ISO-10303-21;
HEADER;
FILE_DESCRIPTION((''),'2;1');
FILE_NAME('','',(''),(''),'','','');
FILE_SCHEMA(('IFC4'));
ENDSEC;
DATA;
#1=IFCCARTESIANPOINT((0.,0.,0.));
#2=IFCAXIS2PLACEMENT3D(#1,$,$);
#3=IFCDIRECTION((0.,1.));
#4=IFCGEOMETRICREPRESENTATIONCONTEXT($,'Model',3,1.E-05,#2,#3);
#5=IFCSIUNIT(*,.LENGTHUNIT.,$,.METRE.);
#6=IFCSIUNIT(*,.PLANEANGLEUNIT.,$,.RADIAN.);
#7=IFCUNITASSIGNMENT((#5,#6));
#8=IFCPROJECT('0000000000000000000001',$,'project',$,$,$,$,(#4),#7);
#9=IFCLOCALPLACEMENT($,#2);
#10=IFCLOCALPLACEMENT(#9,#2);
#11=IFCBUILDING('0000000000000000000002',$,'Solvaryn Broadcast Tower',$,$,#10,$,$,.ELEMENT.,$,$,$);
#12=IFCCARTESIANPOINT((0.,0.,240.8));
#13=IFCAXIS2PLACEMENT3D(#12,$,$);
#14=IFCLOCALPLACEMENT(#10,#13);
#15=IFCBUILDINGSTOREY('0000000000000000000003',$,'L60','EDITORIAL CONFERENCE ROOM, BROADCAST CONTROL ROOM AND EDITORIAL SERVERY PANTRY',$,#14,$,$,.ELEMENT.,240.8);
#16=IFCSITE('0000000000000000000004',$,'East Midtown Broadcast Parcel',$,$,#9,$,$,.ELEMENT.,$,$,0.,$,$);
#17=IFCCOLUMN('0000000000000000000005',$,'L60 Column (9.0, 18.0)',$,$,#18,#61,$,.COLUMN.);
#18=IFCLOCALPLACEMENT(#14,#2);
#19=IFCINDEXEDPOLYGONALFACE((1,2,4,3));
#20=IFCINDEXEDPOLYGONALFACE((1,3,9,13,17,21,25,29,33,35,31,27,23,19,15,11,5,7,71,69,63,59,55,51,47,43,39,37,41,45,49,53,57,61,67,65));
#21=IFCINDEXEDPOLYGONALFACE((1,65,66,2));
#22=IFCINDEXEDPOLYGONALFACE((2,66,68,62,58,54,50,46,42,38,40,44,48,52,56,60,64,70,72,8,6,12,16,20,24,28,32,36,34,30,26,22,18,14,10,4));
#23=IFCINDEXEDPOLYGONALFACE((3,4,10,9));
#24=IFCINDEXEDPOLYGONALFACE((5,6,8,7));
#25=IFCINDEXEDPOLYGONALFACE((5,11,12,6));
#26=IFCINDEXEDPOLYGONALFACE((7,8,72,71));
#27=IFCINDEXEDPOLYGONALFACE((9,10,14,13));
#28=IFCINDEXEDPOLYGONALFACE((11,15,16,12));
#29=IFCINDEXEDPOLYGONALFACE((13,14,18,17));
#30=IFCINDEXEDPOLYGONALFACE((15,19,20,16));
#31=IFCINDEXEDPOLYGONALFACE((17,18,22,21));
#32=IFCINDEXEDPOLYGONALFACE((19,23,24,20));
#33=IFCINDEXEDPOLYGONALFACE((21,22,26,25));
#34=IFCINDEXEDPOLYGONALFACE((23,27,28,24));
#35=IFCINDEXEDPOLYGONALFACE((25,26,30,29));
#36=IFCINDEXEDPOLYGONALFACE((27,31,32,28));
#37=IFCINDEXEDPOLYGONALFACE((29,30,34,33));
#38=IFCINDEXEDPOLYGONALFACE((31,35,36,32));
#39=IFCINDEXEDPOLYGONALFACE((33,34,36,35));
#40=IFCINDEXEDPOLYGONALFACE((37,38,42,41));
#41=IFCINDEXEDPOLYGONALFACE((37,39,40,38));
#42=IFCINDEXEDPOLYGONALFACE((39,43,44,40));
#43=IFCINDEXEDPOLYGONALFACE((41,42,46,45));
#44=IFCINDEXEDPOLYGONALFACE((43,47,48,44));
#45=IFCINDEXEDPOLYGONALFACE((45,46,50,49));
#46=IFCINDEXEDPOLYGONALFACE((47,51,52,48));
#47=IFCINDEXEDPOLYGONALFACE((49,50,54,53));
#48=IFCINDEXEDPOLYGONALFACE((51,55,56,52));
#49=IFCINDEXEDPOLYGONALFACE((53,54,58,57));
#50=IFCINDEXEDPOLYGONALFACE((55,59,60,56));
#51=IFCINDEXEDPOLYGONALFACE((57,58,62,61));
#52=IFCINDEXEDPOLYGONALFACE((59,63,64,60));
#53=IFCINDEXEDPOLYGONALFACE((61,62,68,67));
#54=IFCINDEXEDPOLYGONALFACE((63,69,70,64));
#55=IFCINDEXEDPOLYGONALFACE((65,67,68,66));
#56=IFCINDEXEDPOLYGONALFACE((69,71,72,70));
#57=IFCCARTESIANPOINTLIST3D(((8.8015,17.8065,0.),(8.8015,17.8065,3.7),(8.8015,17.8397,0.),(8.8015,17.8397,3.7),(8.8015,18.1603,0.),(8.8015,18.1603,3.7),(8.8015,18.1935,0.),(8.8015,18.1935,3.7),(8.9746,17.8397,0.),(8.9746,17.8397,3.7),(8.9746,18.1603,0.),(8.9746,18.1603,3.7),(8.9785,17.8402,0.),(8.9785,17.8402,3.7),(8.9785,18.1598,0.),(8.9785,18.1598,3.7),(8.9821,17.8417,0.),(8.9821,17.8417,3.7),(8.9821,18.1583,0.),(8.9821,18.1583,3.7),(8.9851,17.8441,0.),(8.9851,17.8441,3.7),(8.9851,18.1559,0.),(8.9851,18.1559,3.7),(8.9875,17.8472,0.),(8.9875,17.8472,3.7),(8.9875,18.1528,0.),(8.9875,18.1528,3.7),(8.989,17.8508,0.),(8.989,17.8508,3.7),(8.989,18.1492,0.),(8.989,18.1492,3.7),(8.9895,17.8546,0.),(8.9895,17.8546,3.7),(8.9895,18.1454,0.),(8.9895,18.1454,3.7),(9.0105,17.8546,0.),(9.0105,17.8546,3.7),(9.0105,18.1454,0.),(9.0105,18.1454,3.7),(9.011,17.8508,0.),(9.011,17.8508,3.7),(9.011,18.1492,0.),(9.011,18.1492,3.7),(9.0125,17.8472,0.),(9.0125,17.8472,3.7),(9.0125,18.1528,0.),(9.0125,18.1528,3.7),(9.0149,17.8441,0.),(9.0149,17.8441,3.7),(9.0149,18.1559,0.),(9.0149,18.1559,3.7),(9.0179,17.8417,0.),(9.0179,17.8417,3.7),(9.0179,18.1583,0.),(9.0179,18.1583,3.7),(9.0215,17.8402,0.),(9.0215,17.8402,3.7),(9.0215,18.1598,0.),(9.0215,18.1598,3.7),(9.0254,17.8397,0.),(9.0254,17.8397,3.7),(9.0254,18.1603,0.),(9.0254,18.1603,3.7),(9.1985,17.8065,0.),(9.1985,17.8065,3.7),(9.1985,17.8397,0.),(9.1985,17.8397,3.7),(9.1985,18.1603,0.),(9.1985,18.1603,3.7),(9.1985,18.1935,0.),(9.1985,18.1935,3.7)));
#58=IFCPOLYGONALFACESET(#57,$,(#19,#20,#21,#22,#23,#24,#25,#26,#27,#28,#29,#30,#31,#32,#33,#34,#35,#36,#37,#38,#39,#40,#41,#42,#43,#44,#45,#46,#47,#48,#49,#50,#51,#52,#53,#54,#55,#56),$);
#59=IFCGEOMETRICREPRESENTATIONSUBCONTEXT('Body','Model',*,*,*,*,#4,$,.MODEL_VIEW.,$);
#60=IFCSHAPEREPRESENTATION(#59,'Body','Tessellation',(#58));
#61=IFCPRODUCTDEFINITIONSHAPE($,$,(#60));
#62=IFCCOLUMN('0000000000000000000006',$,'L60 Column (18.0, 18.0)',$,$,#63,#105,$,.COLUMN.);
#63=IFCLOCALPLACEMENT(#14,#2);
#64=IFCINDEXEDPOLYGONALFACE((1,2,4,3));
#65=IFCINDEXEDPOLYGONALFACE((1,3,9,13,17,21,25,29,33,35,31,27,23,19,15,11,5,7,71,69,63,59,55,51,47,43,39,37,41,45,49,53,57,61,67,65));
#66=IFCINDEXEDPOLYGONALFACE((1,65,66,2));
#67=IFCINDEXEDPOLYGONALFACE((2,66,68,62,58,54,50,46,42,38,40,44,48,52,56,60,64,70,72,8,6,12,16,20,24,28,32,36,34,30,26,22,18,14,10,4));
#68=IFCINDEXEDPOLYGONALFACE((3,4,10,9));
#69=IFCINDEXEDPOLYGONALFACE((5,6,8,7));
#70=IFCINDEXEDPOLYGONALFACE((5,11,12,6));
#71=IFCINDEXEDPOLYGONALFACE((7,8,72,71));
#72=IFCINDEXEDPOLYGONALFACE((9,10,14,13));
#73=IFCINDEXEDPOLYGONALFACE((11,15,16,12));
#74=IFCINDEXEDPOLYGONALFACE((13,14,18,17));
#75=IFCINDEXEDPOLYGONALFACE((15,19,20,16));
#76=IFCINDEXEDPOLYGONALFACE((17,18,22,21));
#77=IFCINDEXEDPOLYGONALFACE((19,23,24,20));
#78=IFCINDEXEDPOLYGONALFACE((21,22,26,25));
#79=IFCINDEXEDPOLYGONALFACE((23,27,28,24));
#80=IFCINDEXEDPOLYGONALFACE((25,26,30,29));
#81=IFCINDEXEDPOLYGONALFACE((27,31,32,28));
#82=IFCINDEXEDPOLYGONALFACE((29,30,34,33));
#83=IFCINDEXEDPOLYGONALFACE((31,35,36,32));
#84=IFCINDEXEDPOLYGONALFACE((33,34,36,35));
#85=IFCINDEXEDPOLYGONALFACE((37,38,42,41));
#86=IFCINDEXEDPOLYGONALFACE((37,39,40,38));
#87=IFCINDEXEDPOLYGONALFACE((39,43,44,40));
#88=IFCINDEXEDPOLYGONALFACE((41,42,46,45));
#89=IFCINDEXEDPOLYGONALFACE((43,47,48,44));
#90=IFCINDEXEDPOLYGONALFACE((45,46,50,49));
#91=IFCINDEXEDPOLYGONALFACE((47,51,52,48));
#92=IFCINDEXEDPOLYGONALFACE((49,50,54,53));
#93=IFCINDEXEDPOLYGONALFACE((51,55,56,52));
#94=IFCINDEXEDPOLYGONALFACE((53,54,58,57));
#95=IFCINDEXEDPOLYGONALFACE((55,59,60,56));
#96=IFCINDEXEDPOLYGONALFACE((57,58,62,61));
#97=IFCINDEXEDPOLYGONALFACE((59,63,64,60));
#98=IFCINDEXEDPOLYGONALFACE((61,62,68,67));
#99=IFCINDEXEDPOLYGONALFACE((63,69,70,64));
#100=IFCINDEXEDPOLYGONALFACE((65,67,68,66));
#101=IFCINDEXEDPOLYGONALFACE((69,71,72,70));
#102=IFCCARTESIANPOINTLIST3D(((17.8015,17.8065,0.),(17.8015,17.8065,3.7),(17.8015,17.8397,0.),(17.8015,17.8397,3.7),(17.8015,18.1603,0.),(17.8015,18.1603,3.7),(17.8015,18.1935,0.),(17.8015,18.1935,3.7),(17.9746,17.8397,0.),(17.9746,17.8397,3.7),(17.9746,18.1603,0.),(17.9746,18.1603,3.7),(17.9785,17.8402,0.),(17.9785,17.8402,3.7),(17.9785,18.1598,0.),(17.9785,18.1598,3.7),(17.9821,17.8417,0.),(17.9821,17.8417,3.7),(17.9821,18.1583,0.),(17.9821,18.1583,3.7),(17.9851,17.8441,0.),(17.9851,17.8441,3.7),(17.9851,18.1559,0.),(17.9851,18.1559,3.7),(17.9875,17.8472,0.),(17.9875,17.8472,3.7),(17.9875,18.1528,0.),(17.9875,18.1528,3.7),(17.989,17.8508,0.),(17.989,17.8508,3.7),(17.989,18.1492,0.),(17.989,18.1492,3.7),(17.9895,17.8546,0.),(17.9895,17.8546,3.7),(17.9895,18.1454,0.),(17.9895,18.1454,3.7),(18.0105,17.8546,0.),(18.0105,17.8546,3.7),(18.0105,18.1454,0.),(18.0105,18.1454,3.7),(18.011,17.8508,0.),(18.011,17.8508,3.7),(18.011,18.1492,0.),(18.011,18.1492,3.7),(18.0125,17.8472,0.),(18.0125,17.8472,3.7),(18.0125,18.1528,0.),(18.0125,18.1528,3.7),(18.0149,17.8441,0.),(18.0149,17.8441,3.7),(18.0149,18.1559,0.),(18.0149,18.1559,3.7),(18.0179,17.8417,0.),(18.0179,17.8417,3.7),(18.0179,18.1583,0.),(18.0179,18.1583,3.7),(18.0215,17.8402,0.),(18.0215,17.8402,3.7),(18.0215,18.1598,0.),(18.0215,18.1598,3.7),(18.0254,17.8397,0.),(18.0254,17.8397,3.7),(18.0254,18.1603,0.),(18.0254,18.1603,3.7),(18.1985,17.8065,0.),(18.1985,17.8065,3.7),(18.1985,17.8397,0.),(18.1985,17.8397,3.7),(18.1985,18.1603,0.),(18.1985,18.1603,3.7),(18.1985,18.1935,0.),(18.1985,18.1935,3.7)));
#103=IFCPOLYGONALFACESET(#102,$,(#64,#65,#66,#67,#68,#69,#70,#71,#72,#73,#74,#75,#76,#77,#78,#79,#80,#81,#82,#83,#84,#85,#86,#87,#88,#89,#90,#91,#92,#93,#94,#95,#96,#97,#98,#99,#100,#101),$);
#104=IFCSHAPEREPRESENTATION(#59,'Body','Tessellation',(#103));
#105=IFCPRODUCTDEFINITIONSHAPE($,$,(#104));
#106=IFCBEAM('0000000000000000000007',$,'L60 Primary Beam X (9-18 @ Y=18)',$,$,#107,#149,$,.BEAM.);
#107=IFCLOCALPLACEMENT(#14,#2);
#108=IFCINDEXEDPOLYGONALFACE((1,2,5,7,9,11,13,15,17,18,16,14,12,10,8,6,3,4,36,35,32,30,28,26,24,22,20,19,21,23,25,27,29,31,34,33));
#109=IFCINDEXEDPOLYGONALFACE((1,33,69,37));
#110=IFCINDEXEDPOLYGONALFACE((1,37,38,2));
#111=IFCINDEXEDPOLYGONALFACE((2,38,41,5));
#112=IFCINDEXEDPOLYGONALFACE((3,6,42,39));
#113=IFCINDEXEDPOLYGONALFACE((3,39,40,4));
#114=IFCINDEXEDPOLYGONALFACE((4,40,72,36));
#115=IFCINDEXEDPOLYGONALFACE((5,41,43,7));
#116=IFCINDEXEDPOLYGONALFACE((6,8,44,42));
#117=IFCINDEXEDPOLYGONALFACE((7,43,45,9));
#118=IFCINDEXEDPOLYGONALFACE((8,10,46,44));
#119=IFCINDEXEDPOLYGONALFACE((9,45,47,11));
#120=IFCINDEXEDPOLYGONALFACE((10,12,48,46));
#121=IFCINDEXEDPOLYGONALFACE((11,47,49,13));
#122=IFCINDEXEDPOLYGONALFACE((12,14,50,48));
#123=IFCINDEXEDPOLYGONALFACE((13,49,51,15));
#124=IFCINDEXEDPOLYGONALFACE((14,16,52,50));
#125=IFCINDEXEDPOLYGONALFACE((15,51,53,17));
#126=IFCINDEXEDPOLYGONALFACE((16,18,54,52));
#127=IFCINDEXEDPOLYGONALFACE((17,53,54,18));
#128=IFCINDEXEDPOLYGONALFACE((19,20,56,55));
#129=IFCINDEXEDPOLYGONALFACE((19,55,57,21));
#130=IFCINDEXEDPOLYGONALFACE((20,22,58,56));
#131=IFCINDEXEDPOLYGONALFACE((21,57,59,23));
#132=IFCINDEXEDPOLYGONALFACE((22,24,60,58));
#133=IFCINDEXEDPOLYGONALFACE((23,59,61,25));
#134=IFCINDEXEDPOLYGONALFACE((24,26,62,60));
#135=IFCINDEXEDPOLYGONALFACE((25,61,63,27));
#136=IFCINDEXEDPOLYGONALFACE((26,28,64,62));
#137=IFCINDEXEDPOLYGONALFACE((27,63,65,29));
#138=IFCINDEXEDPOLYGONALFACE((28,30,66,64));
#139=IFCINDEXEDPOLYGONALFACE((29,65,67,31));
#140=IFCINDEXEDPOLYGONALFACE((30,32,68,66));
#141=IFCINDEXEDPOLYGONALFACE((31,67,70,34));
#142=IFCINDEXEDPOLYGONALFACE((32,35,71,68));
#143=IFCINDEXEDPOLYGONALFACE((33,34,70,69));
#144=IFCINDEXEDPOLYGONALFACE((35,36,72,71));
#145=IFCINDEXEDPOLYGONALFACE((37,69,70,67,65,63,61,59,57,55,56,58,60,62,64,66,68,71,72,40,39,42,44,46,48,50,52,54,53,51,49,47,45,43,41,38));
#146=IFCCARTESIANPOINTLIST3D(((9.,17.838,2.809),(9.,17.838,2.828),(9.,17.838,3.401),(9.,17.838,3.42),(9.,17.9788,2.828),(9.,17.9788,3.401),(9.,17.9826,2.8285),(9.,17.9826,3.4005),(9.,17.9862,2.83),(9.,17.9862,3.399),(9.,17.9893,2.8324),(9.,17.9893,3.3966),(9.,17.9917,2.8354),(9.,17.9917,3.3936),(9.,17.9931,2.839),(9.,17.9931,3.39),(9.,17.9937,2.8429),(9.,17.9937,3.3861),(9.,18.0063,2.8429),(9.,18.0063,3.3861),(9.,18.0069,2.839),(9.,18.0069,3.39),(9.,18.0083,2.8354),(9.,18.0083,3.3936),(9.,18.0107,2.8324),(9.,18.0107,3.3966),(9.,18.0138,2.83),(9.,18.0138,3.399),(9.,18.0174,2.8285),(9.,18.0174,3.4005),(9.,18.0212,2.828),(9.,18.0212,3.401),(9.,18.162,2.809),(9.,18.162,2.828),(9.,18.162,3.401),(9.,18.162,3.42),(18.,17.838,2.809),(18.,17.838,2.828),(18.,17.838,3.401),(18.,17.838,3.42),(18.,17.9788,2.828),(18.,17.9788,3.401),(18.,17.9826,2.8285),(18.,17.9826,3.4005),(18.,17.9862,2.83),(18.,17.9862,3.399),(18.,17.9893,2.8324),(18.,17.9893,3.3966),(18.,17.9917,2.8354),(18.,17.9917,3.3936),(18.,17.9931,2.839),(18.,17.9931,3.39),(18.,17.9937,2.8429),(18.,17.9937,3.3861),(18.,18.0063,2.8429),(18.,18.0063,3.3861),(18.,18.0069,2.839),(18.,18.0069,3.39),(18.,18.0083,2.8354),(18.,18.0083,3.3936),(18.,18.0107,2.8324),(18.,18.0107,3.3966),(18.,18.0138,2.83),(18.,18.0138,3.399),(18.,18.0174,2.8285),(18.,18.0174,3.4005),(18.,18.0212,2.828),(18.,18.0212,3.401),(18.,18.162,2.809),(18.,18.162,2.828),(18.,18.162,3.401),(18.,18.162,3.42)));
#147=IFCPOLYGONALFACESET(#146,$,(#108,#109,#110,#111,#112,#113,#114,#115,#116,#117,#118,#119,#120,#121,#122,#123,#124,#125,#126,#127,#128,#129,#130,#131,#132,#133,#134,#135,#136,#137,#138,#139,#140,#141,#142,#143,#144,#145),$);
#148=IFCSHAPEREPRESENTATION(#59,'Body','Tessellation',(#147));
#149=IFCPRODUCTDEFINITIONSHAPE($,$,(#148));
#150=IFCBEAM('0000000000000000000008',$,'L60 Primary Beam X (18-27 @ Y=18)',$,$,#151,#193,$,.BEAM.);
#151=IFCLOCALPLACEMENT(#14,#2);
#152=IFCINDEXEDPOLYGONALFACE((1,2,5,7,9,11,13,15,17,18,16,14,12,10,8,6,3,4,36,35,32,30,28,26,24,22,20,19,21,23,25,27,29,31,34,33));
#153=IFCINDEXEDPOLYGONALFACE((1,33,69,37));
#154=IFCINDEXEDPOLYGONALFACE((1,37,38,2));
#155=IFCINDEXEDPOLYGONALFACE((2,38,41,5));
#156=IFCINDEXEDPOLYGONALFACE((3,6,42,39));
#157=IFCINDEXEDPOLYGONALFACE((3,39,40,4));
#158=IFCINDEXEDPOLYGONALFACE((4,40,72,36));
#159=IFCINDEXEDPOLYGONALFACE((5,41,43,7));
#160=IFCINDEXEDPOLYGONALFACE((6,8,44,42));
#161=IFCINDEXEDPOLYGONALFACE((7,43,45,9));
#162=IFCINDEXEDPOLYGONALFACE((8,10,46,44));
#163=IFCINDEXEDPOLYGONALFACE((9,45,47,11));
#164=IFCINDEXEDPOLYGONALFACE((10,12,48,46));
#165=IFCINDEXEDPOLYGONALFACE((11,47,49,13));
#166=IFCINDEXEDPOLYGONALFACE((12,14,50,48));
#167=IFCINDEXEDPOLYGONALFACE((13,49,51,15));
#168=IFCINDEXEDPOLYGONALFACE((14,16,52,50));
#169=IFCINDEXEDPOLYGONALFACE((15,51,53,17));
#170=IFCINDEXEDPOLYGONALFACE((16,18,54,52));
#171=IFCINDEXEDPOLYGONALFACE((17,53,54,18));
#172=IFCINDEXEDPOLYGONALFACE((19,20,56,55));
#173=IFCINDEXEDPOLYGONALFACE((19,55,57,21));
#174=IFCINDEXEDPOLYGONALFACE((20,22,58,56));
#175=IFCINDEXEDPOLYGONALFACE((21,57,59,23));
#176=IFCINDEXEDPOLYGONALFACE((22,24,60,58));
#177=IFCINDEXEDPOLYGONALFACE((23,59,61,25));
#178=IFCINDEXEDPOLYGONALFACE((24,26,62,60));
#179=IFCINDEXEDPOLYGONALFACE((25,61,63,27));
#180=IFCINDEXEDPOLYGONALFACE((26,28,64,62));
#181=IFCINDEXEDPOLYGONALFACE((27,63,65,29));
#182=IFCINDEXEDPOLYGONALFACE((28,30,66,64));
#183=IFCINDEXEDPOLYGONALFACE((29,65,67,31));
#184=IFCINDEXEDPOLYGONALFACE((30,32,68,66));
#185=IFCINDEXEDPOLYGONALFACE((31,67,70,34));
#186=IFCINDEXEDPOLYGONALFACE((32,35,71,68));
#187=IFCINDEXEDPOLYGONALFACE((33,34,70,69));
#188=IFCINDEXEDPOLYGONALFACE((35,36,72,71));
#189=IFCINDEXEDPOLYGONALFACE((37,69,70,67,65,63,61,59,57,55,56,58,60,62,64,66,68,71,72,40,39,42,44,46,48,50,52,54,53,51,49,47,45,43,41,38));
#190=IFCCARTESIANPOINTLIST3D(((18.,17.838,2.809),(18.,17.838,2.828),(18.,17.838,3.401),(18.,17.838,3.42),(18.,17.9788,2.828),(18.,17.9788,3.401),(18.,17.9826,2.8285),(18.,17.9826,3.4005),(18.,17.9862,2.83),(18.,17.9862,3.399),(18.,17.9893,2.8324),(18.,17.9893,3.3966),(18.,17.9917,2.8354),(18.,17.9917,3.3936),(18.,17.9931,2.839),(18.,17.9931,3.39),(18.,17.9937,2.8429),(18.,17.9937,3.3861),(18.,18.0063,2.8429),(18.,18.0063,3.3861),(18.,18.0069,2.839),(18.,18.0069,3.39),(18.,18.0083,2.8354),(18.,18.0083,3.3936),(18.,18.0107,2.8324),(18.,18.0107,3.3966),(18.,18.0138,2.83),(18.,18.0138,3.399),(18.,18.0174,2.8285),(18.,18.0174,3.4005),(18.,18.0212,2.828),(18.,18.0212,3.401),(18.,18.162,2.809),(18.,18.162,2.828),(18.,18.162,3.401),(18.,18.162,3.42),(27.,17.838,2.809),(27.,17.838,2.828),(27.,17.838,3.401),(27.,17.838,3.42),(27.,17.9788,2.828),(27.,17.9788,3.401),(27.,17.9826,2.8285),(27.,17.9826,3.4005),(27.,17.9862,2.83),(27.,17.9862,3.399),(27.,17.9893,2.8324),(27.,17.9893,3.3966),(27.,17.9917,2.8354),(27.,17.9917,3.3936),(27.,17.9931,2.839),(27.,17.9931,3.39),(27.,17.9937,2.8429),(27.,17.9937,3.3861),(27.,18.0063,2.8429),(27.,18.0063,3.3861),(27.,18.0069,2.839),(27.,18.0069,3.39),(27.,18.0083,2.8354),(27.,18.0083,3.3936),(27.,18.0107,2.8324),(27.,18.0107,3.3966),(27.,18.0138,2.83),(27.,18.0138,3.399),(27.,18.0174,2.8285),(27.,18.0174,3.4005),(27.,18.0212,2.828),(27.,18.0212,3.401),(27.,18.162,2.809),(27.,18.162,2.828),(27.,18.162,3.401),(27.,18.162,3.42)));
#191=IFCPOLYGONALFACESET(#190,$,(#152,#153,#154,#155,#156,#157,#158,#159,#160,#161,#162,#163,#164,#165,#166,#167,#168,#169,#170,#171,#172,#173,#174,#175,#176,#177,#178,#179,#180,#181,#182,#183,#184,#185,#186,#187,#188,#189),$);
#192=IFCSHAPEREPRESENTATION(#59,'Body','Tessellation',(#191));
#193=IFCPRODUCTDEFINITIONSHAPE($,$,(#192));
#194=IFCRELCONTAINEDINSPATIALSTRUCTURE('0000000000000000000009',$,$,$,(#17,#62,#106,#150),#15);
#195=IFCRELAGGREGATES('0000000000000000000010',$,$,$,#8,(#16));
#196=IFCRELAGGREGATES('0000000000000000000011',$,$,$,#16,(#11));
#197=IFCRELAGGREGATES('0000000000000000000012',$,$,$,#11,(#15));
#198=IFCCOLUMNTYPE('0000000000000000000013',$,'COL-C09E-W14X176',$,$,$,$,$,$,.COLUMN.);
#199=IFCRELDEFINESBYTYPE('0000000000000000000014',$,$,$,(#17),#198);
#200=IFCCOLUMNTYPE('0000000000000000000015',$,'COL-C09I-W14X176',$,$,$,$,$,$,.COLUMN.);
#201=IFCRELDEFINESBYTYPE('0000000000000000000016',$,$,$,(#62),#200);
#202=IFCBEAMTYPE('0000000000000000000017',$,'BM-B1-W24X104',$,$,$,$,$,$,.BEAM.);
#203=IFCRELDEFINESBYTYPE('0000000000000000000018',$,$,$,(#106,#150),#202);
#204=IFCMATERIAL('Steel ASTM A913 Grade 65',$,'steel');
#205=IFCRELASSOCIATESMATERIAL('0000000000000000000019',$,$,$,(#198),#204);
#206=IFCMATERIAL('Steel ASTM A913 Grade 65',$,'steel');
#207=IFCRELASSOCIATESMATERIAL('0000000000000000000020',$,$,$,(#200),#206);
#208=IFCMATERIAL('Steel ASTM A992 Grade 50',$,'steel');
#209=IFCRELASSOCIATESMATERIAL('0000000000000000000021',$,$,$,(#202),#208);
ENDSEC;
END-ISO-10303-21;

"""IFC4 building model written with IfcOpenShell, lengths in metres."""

from ifc_helpers import new_model, si_unit, direction, frame, origin, origin_2d, place, context, subcontext, project, spatial, i_section, extrude, material, material_profile, profile_set, type_object, element, save


model = new_model("IFC4")

# Units and contexts
model_context = context("Model", 3, precision=1e-05, world=origin(), true_north=direction((0.0, 1.0)))
body_context = subcontext(model_context, "Body", "Model", "MODEL_VIEW")
ifc_project = project(units=[si_unit("LENGTHUNIT", "METRE"), si_unit("PLANEANGLEUNIT", "RADIAN")], contexts=[model_context])

# Site, building, storey
site_placement = place(None, origin())
site = spatial("IfcSite", under=ifc_project, at=site_placement, Name="East Midtown Broadcast Parcel", CompositionType="ELEMENT", RefElevation=0.0)
building_placement = place(site_placement, origin())
building = spatial("IfcBuilding", under=site, at=building_placement, Name="Solvaryn Broadcast Tower", CompositionType="ELEMENT")
storey_placement = place(building_placement, frame((0.0, 0.0, 240.8)))
storey = spatial("IfcBuildingStorey", under=building, at=storey_placement, Name="L60", Description="EDITORIAL CONFERENCE ROOM, BROADCAST CONTROL ROOM AND EDITORIAL SERVERY PANTRY", CompositionType="ELEMENT", Elevation=240.8)

# Columns
ifc_material_1 = material(Name="Steel ASTM A913 Grade 65", Category="steel")
ifc_material_profile_1 = material_profile(ifc_material_1, i_section(OverallWidth=0.397, OverallDepth=0.387, WebThickness=0.021, FlangeThickness=0.0332, FilletRadius=0.0149, at=origin_2d()))
ifc_profile_set_1 = profile_set([ifc_material_profile_1], Name="Steel ASTM A913 Grade 65")
column_type_1 = type_object("IfcColumnType", Name="COL-C09E-W14X176", PredefinedType="COLUMN", material=ifc_profile_set_1)
column_1_placement = place(storey_placement, frame((9.0, 18.0, 0.0), z_axis=(0.0, 0.0, 1.0), x_axis=(1.0, 0.0, 0.0)))
element("IfcColumn", 1, at=column_1_placement, inside=storey, type_object=column_type_1, Name="L60 Column (9.0, 18.0)", PredefinedType="COLUMN", context=body_context, shape_type="SweptSolid", body=[
    extrude(i_section(OverallWidth=0.397, OverallDepth=0.387, WebThickness=0.021, FlangeThickness=0.0332, FilletRadius=0.0149, at=origin_2d()), origin(), (0.0, 0.0, 1.0), 3.7),
])
ifc_material_2 = material(Name="Steel ASTM A913 Grade 65", Category="steel")
ifc_material_profile_2 = material_profile(ifc_material_2, i_section(OverallWidth=0.397, OverallDepth=0.387, WebThickness=0.021, FlangeThickness=0.0332, FilletRadius=0.0149, at=origin_2d()))
ifc_profile_set_2 = profile_set([ifc_material_profile_2], Name="Steel ASTM A913 Grade 65")
column_type_2 = type_object("IfcColumnType", Name="COL-C09I-W14X176", PredefinedType="COLUMN", material=ifc_profile_set_2)
column_2_placement = place(storey_placement, frame((18.0, 18.0, 0.0), z_axis=(0.0, 0.0, 1.0), x_axis=(1.0, 0.0, 0.0)))
element("IfcColumn", 2, at=column_2_placement, inside=storey, type_object=column_type_2, Name="L60 Column (18.0, 18.0)", PredefinedType="COLUMN", context=body_context, shape_type="SweptSolid", body=[
    extrude(i_section(OverallWidth=0.397, OverallDepth=0.387, WebThickness=0.021, FlangeThickness=0.0332, FilletRadius=0.0149, at=origin_2d()), origin(), (0.0, 0.0, 1.0), 3.7),
])

# Beams
ifc_material_3 = material(Name="Steel ASTM A992 Grade 50", Category="steel")
ifc_material_profile_3 = material_profile(ifc_material_3, i_section(OverallWidth=0.324, OverallDepth=0.6111, WebThickness=0.0127, FlangeThickness=0.019, FilletRadius=0.0149, at=origin_2d()))
ifc_profile_set_3 = profile_set([ifc_material_profile_3], Name="Steel ASTM A992 Grade 50")
beam_type_1 = type_object("IfcBeamType", Name="BM-B1-W24X104", PredefinedType="BEAM", material=ifc_profile_set_3)
for number, where, z_axis, x_axis, name in (
    (3, (9.0, 18.0, 3.1145), (1.0, 0.0, 0.0), (0.0, 1.0, 0.0), "L60 Primary Beam X (9-18 @ Y=18)"),
    (4, (18.0, 18.0, 3.1145), (1.0, 0.0, 0.0), (0.0, 1.0, 0.0), "L60 Primary Beam X (18-27 @ Y=18)"),
):
    element("IfcBeam", number, at=place(storey_placement, frame(where, z_axis=z_axis, x_axis=x_axis)), inside=storey, type_object=beam_type_1, Name=name, PredefinedType="BEAM", context=body_context, shape_type="SweptSolid", body=[
        extrude(i_section(OverallWidth=0.324, OverallDepth=0.6111, WebThickness=0.0127, FlangeThickness=0.019, FilletRadius=0.0149, at=origin_2d()), origin(), (0.0, 0.0, 1.0), 9.0),
    ])

save(model, "model.ifc")
